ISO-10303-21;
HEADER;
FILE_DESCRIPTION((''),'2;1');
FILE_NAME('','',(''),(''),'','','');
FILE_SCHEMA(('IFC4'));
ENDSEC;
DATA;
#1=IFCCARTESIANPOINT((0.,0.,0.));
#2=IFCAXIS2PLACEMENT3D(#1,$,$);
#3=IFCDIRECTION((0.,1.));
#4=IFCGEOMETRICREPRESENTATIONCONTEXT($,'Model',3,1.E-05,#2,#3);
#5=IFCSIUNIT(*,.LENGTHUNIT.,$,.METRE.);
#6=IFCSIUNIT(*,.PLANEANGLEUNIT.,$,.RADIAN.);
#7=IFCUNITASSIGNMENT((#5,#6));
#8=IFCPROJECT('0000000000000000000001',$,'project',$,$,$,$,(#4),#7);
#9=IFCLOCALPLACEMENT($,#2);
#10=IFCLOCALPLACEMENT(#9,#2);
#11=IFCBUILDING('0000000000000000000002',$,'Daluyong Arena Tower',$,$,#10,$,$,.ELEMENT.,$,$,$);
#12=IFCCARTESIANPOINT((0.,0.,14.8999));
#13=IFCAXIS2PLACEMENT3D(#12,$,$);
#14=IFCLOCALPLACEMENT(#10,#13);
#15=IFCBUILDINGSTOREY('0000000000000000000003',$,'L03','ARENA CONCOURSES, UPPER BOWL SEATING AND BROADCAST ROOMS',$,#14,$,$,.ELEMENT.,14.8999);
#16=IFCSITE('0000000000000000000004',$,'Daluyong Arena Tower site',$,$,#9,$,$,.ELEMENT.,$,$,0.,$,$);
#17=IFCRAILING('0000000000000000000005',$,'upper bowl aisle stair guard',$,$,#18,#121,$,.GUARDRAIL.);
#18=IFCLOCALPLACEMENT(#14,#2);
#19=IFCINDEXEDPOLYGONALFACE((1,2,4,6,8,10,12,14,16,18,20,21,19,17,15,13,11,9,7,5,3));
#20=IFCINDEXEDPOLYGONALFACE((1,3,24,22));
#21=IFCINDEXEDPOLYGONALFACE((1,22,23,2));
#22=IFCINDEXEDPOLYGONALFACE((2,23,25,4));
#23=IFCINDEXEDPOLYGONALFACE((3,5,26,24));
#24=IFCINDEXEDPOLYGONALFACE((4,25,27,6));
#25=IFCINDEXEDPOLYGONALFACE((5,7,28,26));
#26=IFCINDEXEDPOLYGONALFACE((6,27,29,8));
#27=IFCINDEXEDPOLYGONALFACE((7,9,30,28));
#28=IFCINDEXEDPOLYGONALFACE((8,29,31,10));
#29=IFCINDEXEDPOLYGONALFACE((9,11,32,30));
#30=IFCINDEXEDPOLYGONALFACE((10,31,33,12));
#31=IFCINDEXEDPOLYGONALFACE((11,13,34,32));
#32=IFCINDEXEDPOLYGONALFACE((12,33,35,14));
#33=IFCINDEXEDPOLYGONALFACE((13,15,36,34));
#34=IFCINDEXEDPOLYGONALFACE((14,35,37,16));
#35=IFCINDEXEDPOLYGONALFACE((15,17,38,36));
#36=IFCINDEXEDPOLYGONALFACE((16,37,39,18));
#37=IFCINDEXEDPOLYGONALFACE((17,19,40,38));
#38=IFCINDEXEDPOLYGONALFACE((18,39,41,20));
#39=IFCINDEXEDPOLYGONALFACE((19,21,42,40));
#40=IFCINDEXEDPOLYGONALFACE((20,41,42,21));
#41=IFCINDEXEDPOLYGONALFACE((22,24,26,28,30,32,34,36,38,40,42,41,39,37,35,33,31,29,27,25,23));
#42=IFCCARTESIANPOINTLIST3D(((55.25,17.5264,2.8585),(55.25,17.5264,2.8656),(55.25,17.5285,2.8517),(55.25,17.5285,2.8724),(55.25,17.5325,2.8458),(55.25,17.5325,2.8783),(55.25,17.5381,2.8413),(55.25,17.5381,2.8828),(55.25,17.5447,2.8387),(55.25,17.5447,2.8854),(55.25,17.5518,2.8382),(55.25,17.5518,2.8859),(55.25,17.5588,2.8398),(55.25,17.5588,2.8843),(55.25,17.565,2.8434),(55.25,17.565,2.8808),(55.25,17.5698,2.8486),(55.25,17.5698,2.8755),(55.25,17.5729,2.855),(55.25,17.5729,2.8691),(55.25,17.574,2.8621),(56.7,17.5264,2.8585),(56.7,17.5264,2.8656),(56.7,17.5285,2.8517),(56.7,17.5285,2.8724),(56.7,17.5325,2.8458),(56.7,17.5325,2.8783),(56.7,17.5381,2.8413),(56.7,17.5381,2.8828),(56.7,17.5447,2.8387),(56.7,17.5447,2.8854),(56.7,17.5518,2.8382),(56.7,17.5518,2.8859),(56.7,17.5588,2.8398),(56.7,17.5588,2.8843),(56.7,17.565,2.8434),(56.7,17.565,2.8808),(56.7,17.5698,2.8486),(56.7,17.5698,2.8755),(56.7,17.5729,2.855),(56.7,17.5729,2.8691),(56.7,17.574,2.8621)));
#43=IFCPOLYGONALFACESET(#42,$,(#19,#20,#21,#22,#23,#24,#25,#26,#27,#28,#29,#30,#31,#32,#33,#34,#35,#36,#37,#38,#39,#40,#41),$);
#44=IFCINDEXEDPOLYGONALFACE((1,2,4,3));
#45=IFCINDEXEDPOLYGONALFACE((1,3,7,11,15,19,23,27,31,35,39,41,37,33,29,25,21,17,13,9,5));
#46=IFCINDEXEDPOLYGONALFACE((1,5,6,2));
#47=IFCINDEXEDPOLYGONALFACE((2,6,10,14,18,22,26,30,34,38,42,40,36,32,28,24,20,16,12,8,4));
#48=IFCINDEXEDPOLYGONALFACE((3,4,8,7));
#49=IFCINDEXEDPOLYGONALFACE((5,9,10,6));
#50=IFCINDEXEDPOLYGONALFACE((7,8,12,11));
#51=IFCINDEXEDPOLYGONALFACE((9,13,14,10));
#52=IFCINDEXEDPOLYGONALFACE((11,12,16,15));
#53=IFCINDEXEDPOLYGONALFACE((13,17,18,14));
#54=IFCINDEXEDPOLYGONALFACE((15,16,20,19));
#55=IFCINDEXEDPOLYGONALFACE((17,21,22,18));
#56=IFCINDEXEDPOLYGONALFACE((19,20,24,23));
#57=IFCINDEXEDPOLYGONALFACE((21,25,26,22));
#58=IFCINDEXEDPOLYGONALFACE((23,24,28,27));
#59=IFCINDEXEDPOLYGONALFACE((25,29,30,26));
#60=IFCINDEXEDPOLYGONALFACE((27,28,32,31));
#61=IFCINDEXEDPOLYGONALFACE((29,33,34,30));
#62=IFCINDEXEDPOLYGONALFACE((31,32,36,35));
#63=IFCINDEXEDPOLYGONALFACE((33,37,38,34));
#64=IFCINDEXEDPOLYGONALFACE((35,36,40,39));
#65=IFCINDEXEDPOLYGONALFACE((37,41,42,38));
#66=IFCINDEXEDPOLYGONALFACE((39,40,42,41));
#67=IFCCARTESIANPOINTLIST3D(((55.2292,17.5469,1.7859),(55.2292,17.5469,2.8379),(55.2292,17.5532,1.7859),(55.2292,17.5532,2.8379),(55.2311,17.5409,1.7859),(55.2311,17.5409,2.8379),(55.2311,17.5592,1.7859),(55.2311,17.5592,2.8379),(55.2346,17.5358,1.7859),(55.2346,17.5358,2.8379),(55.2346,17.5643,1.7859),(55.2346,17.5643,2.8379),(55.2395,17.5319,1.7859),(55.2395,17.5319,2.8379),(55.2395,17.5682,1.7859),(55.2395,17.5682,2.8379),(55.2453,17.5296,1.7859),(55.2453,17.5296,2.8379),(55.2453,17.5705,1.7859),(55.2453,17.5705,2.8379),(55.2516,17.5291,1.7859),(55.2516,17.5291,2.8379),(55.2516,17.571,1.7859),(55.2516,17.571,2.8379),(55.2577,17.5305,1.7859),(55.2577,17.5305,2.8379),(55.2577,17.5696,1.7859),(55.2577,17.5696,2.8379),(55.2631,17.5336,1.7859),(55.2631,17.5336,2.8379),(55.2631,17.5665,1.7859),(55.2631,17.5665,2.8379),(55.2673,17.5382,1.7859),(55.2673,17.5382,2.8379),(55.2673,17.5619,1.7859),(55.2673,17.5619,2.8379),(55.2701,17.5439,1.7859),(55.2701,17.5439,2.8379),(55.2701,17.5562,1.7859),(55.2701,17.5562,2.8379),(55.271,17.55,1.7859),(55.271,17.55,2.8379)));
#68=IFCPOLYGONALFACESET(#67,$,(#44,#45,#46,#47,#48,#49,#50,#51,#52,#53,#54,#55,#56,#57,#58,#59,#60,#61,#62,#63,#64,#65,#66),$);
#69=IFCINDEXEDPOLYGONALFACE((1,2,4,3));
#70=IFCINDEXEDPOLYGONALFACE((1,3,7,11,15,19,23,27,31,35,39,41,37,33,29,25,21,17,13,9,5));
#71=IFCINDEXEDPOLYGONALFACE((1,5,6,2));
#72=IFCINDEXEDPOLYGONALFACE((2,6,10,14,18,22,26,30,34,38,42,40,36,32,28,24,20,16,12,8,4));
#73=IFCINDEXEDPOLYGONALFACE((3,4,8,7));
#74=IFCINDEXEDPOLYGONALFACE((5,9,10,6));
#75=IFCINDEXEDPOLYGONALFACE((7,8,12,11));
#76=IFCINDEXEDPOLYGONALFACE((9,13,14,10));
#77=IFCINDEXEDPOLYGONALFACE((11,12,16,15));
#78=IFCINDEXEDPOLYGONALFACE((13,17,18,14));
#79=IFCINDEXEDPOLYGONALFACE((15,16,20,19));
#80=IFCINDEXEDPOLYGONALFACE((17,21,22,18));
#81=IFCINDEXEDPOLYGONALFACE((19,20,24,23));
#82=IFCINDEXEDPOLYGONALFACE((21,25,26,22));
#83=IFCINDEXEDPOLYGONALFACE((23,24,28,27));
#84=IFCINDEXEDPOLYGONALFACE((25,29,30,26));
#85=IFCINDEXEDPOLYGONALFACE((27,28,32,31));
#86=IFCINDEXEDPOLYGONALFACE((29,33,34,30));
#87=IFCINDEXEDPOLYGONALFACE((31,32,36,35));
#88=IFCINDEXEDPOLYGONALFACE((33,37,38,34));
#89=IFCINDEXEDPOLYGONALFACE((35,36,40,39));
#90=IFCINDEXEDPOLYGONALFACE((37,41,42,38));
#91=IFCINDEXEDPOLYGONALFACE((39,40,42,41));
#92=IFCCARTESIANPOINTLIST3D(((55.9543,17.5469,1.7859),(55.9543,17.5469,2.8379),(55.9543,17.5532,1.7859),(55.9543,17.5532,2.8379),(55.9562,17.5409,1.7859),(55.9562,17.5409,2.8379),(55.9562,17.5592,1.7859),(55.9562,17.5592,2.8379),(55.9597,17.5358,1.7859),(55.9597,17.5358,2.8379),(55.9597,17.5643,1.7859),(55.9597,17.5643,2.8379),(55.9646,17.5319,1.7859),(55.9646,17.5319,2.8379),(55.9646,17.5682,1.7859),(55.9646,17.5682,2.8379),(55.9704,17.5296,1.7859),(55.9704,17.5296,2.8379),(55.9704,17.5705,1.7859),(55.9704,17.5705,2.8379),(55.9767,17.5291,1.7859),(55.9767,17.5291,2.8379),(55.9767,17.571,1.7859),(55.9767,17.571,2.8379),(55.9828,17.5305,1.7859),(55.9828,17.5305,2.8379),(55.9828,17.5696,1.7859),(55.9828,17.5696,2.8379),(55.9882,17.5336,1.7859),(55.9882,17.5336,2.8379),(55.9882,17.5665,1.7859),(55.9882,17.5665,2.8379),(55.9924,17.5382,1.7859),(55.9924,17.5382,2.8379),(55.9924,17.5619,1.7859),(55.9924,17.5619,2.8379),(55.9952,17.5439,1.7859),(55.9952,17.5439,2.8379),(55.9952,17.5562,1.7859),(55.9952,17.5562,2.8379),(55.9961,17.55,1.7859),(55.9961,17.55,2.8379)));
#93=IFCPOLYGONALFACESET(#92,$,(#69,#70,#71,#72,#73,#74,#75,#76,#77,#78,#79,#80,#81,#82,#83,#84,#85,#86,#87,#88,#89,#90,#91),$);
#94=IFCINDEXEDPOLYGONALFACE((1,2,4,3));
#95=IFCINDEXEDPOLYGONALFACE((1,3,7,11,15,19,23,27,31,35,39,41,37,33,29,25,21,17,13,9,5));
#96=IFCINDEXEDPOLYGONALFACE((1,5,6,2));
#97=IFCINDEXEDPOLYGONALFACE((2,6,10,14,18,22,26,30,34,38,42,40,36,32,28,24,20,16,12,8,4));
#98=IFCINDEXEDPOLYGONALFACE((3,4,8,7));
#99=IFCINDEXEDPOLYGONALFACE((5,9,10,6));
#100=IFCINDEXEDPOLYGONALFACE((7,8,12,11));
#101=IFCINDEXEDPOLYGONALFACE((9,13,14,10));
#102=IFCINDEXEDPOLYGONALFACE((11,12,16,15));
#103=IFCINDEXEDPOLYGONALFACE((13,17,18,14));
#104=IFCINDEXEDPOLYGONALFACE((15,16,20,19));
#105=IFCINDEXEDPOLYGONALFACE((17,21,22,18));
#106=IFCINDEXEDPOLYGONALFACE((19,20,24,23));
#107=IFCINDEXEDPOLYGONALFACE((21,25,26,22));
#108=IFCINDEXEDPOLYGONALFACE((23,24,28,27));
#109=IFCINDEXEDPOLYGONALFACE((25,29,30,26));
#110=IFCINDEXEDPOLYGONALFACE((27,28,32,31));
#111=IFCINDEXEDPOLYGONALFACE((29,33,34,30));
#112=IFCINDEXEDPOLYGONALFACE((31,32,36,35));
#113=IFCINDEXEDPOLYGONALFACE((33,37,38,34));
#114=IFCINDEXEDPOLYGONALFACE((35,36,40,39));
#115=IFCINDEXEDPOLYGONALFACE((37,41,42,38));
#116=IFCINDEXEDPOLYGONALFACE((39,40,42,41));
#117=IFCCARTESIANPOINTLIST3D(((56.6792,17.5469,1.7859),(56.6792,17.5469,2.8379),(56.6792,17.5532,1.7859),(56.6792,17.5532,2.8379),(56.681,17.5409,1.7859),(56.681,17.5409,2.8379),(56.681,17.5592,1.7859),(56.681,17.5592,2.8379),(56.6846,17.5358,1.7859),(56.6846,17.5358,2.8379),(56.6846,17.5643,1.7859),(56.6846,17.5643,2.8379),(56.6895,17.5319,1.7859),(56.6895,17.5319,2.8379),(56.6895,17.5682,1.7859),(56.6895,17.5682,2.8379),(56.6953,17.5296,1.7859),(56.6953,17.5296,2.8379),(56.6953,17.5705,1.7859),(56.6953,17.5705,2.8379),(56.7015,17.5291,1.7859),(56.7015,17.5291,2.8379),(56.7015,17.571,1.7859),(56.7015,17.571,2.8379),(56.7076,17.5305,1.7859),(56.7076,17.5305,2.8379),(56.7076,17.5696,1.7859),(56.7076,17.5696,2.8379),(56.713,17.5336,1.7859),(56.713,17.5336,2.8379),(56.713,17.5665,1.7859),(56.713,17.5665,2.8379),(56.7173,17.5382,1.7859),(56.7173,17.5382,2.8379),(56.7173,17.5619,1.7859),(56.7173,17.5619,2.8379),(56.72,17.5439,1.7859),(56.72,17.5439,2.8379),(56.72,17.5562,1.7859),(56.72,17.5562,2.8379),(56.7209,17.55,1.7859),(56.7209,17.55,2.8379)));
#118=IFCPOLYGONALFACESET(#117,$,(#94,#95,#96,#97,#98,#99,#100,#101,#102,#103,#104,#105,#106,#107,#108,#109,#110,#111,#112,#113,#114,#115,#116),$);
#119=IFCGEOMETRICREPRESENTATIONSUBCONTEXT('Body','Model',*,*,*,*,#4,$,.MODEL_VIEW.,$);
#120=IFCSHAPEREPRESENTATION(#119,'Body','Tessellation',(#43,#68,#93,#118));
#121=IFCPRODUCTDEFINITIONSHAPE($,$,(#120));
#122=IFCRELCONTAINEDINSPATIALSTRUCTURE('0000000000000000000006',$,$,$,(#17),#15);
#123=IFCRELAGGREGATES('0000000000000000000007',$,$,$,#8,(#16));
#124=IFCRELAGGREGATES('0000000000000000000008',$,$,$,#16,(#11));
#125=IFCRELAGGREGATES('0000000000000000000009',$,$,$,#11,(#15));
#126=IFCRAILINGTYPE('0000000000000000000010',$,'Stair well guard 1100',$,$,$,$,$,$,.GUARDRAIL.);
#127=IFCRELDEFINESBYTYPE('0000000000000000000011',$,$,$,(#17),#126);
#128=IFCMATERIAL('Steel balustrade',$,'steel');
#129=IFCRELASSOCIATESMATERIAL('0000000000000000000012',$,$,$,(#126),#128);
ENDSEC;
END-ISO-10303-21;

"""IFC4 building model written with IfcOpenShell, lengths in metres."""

from ifc_helpers import new_model, si_unit, direction, frame, origin, origin_2d, place, context, subcontext, project, spatial, circle, extrude, material, type_object, element, save


model = new_model("IFC4")

# Units and contexts
model_context = context("Model", 3, precision=1e-05, world=origin(), true_north=direction((0.0, 1.0)))
body_context = subcontext(model_context, "Body", "Model", "MODEL_VIEW")
ifc_project = project(units=[si_unit("LENGTHUNIT", "METRE"), si_unit("PLANEANGLEUNIT", "RADIAN")], contexts=[model_context])

# Site, building, storey
site_placement = place(None, origin())
site = spatial("IfcSite", under=ifc_project, at=site_placement, Name="Daluyong Arena Tower site", CompositionType="ELEMENT", RefElevation=0.0)
building_placement = place(site_placement, origin())
building = spatial("IfcBuilding", under=site, at=building_placement, Name="Daluyong Arena Tower", CompositionType="ELEMENT")
storey_placement = place(building_placement, frame((0.0, 0.0, 14.8999)))
storey = spatial("IfcBuildingStorey", under=building, at=storey_placement, Name="L03", Description="ARENA CONCOURSES, UPPER BOWL SEATING AND BROADCAST ROOMS", CompositionType="ELEMENT", Elevation=14.8999)

# Railing
ifc_material_1 = material(Name="Steel balustrade", Category="steel")
railing_type_1 = type_object("IfcRailingType", Name="Stair well guard 1100", PredefinedType="GUARDRAIL", material=ifc_material_1)
railing_1_placement = place(storey_placement, frame((55.25, 17.55, 1.7859)))
element("IfcRailing", 1, at=railing_1_placement, inside=storey, type_object=railing_type_1, Name="upper bowl aisle stair guard", PredefinedType="GUARDRAIL", context=body_context, shape_type="SweptSolid", body=[
    extrude(circle(Radius=0.0239, at=origin_2d()), frame((0.0, 0.0, 1.0762), z_axis=(1.0, 0.0, 0.0), x_axis=(0.0, 1.0, 0.0)), (0.0, 0.0, 1.0), 1.45),
    extrude(circle(Radius=0.021, at=origin_2d()), origin(), (0.0, 0.0, 1.0), 1.052),
    extrude(circle(Radius=0.021, at=origin_2d()), frame((0.7251, 0.0, 0.0)), (0.0, 0.0, 1.0), 1.052),
    extrude(circle(Radius=0.021, at=origin_2d()), frame((1.45, 0.0, 0.0)), (0.0, 0.0, 1.0), 1.052),
])

save(model, "model.ifc")
